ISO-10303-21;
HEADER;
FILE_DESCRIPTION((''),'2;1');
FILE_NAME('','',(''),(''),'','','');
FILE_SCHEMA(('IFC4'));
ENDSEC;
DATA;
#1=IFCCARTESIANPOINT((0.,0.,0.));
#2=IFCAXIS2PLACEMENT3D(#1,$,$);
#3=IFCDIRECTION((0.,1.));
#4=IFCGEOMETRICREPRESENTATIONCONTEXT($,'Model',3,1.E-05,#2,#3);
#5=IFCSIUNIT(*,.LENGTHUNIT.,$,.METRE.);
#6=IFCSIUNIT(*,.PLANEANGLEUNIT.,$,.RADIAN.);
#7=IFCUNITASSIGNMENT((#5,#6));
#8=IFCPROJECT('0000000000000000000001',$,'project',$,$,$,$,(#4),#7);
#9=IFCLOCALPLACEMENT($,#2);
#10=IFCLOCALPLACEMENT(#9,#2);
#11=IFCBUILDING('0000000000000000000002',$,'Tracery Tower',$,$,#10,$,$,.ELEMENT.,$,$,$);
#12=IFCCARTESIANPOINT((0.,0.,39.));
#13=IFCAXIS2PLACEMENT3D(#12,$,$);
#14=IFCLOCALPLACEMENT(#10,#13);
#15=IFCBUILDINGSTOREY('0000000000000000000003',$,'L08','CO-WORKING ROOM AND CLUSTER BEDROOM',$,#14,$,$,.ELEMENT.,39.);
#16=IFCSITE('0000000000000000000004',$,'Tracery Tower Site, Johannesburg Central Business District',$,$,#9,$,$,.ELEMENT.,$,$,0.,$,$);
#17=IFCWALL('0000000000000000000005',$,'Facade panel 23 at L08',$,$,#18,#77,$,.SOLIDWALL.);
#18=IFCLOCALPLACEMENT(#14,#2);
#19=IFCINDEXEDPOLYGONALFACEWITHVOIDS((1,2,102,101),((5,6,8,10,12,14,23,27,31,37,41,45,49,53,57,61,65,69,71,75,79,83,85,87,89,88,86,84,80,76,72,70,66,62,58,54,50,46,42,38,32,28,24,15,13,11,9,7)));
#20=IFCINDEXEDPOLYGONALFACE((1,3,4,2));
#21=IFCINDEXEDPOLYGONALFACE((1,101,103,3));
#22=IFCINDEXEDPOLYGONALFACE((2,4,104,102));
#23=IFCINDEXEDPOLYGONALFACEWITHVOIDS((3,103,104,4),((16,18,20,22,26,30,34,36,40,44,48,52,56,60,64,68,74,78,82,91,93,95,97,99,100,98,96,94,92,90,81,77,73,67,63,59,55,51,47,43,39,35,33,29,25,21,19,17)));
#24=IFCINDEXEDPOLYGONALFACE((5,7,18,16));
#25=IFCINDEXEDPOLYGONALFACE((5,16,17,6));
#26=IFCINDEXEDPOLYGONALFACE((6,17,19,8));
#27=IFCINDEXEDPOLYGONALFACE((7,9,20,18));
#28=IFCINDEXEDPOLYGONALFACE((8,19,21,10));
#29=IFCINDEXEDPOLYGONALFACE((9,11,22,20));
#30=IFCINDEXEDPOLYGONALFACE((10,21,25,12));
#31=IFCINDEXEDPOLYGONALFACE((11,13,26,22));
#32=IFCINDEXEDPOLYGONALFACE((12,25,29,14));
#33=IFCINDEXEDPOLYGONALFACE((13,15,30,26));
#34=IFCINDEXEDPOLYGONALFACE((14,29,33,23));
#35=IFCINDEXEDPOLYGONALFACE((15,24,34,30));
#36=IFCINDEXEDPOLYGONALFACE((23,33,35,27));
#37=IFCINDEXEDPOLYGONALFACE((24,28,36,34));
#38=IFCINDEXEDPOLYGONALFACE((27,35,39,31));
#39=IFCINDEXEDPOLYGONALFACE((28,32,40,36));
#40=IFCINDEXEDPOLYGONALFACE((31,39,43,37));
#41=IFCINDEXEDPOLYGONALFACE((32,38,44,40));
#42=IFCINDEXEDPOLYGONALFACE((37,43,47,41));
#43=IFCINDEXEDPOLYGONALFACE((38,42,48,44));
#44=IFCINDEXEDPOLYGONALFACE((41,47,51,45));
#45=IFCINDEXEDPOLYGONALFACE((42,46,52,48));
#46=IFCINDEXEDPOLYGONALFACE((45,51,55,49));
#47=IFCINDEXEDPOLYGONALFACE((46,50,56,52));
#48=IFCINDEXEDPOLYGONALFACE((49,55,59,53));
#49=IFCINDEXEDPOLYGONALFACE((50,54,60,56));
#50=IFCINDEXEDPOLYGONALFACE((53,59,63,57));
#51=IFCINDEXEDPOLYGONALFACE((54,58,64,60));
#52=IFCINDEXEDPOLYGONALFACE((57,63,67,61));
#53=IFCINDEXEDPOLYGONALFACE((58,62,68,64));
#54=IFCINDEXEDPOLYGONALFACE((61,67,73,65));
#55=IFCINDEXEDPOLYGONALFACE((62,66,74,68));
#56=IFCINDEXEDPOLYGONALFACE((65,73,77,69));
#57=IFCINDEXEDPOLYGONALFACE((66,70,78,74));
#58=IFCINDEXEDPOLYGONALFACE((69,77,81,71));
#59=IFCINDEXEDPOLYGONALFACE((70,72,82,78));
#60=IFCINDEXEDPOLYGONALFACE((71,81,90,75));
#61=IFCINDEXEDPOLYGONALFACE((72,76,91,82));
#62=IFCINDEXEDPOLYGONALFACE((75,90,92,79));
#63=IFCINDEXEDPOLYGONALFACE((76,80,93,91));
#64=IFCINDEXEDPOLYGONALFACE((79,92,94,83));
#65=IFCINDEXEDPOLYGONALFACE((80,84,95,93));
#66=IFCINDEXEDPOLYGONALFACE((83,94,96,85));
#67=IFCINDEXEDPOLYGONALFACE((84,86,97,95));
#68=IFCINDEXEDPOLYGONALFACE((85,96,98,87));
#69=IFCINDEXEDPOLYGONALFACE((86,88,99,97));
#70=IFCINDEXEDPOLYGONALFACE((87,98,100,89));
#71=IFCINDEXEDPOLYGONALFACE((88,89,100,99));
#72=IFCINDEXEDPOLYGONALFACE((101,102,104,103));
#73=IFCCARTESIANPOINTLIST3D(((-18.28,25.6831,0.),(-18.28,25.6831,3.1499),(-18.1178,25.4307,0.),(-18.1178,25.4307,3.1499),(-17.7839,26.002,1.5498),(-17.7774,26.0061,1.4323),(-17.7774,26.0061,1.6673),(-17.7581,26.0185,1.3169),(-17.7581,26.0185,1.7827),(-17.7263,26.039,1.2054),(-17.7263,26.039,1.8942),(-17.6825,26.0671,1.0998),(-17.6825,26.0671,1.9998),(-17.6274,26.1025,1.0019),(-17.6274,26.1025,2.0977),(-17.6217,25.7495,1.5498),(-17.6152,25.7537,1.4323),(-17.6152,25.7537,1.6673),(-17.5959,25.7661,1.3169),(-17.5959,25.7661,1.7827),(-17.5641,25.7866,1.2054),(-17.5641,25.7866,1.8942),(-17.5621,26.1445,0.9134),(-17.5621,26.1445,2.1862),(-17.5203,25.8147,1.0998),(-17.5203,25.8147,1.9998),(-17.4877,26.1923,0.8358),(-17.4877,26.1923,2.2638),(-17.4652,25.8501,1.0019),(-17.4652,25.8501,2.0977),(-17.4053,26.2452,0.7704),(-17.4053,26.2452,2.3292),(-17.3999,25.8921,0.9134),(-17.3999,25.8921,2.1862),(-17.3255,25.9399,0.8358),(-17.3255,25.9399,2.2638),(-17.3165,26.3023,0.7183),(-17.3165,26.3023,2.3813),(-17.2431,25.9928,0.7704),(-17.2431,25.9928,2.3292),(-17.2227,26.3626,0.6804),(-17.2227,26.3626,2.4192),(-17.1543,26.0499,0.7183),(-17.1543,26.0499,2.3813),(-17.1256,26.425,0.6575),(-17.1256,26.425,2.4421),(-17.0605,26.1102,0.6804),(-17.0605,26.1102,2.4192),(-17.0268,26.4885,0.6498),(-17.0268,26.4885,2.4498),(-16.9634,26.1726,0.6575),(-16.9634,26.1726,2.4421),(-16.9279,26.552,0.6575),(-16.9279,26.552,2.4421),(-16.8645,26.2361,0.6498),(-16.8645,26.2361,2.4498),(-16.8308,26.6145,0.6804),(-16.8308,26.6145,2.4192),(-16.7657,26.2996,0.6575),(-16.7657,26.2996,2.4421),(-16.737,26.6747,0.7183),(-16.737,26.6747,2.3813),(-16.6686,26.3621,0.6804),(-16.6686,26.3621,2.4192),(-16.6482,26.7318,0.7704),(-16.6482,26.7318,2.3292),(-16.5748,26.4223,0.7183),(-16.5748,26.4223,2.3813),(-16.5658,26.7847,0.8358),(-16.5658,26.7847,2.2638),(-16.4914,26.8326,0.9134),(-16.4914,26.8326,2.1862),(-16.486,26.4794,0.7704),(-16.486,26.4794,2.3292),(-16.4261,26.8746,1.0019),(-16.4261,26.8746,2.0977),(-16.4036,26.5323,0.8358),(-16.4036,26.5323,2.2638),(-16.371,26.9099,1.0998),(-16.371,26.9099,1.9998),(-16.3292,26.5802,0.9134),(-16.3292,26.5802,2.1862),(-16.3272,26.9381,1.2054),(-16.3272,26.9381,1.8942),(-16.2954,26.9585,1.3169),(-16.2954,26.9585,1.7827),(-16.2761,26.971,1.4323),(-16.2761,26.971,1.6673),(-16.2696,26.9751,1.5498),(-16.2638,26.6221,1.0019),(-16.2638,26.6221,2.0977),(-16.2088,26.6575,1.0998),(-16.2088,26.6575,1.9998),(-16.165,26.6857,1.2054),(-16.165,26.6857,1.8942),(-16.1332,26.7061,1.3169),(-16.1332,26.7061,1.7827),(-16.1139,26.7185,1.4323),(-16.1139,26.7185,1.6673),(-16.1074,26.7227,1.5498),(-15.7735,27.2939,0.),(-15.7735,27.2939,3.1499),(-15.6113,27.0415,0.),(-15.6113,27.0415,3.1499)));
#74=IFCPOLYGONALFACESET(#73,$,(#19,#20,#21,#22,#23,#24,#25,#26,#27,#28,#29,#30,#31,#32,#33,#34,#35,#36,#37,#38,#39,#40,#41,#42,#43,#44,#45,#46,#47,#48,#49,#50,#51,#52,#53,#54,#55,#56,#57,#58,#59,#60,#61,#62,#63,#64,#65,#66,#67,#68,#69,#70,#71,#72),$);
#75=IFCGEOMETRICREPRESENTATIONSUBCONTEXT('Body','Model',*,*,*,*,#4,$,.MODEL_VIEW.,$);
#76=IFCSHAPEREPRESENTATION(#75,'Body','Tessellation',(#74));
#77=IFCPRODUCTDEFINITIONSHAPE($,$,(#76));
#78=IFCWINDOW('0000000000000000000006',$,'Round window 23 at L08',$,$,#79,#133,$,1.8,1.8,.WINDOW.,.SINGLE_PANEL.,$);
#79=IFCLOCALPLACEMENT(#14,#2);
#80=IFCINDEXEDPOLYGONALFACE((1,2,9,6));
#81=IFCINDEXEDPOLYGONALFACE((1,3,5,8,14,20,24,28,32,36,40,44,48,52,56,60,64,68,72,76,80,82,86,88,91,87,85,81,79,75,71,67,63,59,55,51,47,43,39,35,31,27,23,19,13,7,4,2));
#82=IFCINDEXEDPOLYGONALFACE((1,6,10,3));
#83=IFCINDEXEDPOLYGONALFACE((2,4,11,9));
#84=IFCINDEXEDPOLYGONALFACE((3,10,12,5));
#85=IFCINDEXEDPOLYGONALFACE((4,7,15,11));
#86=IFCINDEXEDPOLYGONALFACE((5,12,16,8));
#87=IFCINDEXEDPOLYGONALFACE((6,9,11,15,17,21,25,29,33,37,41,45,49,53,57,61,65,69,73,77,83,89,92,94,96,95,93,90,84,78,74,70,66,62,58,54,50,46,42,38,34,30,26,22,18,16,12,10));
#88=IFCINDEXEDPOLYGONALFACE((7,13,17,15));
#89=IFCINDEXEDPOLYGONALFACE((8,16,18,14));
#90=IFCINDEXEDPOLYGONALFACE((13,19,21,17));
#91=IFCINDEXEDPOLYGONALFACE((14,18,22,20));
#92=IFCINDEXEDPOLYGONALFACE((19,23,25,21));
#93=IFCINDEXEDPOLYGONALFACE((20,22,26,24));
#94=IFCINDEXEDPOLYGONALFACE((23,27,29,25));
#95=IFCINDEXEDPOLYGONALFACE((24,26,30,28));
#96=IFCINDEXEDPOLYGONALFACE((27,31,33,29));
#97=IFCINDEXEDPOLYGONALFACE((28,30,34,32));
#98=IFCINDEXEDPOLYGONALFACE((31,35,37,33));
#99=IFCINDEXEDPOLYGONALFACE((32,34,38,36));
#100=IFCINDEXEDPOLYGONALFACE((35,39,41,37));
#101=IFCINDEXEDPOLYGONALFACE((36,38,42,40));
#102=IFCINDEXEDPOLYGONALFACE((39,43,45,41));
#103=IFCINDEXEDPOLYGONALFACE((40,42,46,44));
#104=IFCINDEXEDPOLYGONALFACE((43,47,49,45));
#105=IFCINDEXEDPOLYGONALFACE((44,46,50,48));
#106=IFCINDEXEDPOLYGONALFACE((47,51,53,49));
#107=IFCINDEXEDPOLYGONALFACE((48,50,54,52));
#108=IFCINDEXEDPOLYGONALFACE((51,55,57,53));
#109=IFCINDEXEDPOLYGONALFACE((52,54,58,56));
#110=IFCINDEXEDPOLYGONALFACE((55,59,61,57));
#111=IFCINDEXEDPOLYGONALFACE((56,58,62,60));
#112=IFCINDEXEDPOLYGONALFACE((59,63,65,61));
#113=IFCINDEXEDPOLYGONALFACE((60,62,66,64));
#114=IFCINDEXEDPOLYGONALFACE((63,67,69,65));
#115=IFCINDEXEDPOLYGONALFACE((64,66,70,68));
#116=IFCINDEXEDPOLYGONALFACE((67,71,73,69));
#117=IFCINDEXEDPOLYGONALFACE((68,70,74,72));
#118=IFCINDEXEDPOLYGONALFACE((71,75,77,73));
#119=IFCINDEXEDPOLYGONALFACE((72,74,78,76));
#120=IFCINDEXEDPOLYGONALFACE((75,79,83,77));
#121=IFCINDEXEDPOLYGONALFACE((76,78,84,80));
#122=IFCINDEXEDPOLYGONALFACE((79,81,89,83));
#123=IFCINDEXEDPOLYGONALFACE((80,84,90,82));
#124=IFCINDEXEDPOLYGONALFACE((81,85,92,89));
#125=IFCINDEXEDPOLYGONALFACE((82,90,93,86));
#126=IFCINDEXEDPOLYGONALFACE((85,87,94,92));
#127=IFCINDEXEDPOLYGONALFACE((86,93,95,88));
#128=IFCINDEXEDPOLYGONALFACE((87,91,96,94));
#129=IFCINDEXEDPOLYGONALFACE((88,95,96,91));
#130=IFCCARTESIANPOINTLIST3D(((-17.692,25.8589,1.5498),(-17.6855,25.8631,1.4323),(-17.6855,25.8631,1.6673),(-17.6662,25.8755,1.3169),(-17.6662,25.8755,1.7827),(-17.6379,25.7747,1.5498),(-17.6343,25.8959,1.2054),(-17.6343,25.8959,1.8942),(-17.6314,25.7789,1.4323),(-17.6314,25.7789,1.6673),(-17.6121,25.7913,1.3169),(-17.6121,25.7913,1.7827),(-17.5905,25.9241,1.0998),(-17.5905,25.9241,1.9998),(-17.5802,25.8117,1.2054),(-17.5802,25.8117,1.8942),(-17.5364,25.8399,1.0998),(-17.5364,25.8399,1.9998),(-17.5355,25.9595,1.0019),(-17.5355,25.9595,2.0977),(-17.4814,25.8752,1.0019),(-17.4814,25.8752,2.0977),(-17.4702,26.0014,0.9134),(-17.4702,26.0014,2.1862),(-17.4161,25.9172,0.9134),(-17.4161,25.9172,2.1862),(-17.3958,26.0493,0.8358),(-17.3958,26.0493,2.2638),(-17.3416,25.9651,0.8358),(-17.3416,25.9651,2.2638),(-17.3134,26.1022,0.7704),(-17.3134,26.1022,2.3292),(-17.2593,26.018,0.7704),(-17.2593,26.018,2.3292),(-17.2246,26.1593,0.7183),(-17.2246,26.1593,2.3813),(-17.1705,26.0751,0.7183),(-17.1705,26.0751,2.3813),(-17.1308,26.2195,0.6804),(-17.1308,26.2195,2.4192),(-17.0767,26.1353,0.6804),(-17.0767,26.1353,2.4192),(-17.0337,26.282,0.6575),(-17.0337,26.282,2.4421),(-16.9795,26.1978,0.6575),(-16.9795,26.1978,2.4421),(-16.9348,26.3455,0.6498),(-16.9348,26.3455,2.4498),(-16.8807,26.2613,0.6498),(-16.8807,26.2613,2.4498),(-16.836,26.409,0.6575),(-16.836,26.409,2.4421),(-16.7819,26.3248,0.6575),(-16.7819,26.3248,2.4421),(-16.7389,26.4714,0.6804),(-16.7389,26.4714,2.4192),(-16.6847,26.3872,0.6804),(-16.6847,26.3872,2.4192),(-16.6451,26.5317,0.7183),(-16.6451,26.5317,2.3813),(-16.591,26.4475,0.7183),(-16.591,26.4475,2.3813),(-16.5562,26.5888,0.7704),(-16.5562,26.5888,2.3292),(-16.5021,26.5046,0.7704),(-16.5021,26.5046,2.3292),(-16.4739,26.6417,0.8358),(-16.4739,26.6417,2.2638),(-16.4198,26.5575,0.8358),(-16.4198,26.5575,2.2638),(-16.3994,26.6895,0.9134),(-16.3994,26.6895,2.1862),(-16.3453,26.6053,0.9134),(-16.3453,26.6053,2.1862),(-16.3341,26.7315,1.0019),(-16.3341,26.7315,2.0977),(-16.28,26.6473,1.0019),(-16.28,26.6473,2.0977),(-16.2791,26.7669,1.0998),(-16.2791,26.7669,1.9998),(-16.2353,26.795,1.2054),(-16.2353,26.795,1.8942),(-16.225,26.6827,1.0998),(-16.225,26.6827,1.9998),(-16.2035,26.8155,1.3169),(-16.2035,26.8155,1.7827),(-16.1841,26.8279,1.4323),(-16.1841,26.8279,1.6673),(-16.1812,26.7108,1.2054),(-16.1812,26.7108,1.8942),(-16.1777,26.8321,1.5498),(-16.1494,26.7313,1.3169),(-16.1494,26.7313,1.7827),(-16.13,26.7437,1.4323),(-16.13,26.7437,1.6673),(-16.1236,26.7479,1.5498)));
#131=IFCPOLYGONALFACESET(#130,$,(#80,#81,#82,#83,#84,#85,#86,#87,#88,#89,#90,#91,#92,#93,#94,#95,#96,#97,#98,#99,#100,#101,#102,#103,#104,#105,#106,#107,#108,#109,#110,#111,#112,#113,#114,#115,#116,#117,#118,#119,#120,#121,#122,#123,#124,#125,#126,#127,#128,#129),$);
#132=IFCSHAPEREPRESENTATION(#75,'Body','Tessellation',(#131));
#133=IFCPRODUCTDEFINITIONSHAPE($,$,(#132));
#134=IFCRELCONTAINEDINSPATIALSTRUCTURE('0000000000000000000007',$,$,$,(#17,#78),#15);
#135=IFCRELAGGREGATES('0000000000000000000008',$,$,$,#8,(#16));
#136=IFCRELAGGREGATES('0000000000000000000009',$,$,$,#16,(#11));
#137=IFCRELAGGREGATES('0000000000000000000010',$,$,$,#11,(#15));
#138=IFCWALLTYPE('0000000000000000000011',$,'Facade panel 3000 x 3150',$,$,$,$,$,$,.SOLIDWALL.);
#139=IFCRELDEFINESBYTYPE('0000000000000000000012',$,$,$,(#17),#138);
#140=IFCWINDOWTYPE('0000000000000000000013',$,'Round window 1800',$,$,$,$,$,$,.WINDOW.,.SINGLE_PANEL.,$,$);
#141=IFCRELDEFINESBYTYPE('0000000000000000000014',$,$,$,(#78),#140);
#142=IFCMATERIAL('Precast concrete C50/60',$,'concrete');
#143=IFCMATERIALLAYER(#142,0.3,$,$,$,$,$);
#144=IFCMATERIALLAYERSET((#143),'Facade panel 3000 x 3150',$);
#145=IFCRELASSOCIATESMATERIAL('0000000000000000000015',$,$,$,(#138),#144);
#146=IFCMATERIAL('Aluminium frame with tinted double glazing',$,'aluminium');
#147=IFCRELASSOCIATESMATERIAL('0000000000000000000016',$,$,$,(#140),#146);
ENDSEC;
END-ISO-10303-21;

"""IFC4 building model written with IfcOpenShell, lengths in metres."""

from ifc_helpers import new_model, si_unit, direction, frame, frame_2d, origin, origin_2d, place, context, subcontext, project, spatial, rectangle, circle, extrude, material, layer, layer_set, type_object, element, fill, save


model = new_model("IFC4")

# Units and contexts
model_context = context("Model", 3, precision=1e-05, world=origin(), true_north=direction((0.0, 1.0)))
body_context = subcontext(model_context, "Body", "Model", "MODEL_VIEW")
ifc_project = project(units=[si_unit("LENGTHUNIT", "METRE"), si_unit("PLANEANGLEUNIT", "RADIAN")], contexts=[model_context])

# Site, building, storey
site_placement = place(None, origin())
site = spatial("IfcSite", under=ifc_project, at=site_placement, Name="Tracery Tower Site, Johannesburg Central Business District", CompositionType="ELEMENT", RefElevation=0.0)
building_placement = place(site_placement, origin())
building = spatial("IfcBuilding", under=site, at=building_placement, Name="Tracery Tower", CompositionType="ELEMENT")
storey_placement = place(building_placement, frame((0.0, 0.0, 39.0)))
storey = spatial("IfcBuildingStorey", under=building, at=storey_placement, Name="L08", Description="CO-WORKING ROOM AND CLUSTER BEDROOM", CompositionType="ELEMENT", Elevation=39.0)

# Wall, opening, window
ifc_material_1 = material(Name="Precast concrete C50/60", Category="concrete")
ifc_layer_1 = layer(ifc_material_1, 0.3)
ifc_layer_set_1 = layer_set([ifc_layer_1], Name="Facade panel 3000 x 3150")
wall_type_1 = type_object("IfcWallType", Name="Facade panel 3000 x 3150", PredefinedType="SOLIDWALL", material=ifc_layer_set_1)
wall_1_placement = place(storey_placement, frame((-15.6924, 27.1677, 0.0), z_axis=(0.0, 0.0, 1.0), x_axis=(-0.841261, -0.540629, 0.0)))
wall_1 = element("IfcWall", 1, at=wall_1_placement, inside=storey, type_object=wall_type_1, Name="Facade panel 23 at L08", PredefinedType="SOLIDWALL", context=body_context, shape_type="SweptSolid", body=[
    extrude(rectangle(XDim=2.9795, YDim=0.3, at=frame_2d((1.4897, 0.0))), origin(), (0.0, 0.0, 1.0), 3.1499),
])
opening_1_placement = place(wall_1_placement, frame((1.4897, 0.0, 1.5498)))
opening_1 = element("IfcOpeningElement", 2, at=opening_1_placement, cuts=wall_1, PredefinedType="OPENING", context=body_context, shape_type="SweptSolid", body=[
    extrude(circle(Radius=0.9, at=origin_2d()), frame((0.0, 0.1599, 0.0), z_axis=(0.0, -1.0, 0.0), x_axis=(1.0, 0.0, 0.0)), (0.0, 0.0, 1.0), 0.3201),
])
ifc_material_2 = material(Name="Aluminium frame with tinted double glazing", Category="aluminium")
window_type = type_object("IfcWindowType", Name="Round window 1800", PartitioningType="SINGLE_PANEL", PredefinedType="WINDOW", material=ifc_material_2)
window_1_placement = place(opening_1_placement, origin())
window_1 = element("IfcWindow", 3, at=window_1_placement, inside=storey, type_object=window_type, Name="Round window 23 at L08", OverallHeight=1.8, OverallWidth=1.8, PartitioningType="SINGLE_PANEL", PredefinedType="WINDOW", context=body_context, shape_type="SweptSolid", body=[
    extrude(circle(Radius=0.9, at=origin_2d()), frame((0.0, 0.1201, 0.0), z_axis=(0.0, -1.0, 0.0), x_axis=(1.0, 0.0, 0.0)), (0.0, 0.0, 1.0), 0.1001),
])
fill(opening_1, window_1)

save(model, "model.ifc")
